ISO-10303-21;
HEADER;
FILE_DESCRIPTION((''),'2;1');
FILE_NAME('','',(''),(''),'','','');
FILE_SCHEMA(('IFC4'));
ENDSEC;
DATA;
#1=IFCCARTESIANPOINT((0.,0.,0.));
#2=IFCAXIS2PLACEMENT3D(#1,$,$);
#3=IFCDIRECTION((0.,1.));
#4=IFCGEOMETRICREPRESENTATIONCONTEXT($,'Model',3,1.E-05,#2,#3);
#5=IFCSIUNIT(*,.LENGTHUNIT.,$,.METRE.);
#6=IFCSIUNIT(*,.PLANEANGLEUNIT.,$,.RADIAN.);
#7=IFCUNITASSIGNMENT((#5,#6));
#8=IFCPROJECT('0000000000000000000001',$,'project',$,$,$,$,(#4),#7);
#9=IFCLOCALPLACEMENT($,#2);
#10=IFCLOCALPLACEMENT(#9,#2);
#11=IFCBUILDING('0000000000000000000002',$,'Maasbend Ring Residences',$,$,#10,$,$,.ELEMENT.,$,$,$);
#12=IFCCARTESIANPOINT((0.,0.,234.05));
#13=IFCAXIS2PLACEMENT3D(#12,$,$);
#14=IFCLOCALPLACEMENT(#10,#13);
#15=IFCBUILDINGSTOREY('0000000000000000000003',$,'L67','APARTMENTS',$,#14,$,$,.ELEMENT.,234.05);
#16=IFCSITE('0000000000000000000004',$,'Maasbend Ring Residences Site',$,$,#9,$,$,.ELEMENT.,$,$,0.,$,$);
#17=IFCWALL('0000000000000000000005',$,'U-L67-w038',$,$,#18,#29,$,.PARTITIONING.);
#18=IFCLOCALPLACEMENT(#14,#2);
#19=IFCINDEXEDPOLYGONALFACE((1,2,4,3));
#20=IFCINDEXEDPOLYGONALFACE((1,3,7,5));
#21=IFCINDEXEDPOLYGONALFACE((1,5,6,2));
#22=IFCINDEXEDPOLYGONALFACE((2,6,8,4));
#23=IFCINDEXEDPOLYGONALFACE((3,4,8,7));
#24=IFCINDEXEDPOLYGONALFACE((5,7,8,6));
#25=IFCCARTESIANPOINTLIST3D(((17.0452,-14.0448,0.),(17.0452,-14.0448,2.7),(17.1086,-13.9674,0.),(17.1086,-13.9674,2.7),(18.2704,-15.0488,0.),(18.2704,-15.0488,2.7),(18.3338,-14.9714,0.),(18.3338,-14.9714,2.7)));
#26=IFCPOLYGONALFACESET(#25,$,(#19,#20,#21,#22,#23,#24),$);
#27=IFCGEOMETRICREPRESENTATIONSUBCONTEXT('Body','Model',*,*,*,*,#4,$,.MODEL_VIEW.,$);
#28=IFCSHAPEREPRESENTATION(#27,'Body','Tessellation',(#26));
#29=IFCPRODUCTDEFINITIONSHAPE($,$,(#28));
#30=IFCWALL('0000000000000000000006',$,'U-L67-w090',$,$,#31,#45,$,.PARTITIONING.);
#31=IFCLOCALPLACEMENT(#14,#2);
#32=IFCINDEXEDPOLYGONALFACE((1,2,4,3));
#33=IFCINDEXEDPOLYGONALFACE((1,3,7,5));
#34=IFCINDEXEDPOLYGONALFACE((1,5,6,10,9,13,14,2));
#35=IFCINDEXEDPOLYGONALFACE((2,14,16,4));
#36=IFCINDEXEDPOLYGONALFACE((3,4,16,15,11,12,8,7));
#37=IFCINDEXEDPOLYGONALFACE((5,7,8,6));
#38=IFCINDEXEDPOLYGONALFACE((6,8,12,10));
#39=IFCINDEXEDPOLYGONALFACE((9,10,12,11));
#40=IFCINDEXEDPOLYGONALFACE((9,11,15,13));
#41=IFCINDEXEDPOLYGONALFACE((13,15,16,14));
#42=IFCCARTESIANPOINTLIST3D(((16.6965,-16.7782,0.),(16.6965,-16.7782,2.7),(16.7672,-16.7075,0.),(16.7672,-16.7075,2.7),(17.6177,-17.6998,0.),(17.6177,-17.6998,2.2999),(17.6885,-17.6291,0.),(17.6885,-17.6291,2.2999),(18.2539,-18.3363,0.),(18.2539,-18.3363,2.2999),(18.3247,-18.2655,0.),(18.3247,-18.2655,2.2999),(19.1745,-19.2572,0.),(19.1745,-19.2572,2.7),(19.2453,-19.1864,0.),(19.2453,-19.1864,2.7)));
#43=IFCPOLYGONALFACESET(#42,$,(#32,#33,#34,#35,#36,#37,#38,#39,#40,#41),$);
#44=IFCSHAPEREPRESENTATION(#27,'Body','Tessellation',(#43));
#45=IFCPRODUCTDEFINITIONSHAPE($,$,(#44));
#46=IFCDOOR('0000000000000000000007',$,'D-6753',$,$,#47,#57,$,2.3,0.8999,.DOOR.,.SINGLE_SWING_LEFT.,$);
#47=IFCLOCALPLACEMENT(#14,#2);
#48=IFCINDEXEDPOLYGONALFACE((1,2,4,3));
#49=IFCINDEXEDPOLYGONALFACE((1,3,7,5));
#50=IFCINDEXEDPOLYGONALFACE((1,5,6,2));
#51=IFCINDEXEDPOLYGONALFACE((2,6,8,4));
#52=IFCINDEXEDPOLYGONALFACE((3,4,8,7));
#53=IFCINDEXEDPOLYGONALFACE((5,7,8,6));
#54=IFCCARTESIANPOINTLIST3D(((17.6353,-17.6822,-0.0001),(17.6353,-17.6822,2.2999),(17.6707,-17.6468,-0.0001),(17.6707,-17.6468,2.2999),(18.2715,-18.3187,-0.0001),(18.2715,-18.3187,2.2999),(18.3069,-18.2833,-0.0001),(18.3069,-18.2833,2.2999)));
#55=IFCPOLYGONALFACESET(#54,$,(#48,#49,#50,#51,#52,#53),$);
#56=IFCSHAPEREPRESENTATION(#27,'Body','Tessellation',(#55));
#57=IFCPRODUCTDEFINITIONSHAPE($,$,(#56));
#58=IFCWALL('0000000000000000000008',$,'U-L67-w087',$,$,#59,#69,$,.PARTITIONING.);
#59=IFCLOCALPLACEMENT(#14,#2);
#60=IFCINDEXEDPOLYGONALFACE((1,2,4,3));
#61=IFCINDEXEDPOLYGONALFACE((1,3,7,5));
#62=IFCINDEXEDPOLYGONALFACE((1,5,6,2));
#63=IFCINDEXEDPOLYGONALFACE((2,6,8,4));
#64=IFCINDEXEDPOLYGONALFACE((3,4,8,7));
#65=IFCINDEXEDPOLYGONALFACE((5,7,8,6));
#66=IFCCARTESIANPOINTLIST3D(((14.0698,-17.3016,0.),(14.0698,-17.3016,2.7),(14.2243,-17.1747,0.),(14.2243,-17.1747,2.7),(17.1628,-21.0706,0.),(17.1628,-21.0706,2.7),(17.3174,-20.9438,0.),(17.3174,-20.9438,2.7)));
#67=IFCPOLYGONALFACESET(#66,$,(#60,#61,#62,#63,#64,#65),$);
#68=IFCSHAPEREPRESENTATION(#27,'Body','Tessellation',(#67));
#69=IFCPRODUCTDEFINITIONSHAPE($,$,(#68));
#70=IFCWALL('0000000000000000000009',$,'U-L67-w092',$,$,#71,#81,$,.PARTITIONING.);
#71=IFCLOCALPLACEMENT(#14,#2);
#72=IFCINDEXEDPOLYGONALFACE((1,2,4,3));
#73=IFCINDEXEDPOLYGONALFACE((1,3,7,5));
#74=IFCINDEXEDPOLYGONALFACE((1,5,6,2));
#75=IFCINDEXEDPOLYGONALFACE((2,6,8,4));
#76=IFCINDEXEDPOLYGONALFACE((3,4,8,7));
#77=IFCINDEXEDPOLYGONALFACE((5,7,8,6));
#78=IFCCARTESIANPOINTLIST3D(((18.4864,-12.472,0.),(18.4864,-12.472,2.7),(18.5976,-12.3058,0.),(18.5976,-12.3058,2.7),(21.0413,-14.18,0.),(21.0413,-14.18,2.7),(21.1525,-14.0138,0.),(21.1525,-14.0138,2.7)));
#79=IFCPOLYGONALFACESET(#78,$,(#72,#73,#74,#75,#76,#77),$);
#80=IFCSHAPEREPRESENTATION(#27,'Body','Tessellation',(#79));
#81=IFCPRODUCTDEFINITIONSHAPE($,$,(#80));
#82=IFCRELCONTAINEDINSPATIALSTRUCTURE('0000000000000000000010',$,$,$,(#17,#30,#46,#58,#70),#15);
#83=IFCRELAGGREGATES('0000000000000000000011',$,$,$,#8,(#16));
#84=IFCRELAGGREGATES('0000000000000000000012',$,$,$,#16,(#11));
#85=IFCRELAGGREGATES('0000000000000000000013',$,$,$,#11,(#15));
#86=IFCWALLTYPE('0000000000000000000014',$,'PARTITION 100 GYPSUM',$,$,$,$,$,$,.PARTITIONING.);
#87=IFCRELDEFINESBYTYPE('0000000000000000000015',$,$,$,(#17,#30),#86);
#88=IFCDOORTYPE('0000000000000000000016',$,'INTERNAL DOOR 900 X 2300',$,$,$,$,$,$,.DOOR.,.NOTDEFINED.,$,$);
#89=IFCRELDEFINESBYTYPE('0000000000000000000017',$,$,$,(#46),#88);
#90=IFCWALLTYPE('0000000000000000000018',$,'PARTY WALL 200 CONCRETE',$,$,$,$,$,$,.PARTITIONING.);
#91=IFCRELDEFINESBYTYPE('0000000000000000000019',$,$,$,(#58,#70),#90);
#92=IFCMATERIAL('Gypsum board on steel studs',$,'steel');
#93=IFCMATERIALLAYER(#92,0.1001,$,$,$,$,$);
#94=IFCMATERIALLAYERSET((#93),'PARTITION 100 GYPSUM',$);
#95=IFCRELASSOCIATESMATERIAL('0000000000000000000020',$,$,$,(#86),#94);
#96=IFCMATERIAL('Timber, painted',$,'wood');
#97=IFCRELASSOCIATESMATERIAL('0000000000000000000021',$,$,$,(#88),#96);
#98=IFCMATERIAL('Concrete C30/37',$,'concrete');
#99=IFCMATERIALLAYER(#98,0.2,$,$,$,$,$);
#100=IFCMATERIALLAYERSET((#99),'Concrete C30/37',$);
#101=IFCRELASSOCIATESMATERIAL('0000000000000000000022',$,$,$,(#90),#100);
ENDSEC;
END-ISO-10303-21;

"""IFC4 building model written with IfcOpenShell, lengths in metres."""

from ifc_helpers import new_model, si_unit, direction, frame, frame_2d, origin, place, context, subcontext, project, spatial, rectangle, extrude, material, layer, layer_set, type_object, element, fill, save


model = new_model("IFC4")

# Units and contexts
model_context = context("Model", 3, precision=1e-05, world=origin(), true_north=direction((0.0, 1.0)))
body_context = subcontext(model_context, "Body", "Model", "MODEL_VIEW")
ifc_project = project(units=[si_unit("LENGTHUNIT", "METRE"), si_unit("PLANEANGLEUNIT", "RADIAN")], contexts=[model_context])

# Site, building, storey
site_placement = place(None, origin())
site = spatial("IfcSite", under=ifc_project, at=site_placement, Name="Maasbend Ring Residences Site", CompositionType="ELEMENT", RefElevation=0.0)
building_placement = place(site_placement, origin())
building = spatial("IfcBuilding", under=site, at=building_placement, Name="Maasbend Ring Residences", CompositionType="ELEMENT")
storey_placement = place(building_placement, frame((0.0, 0.0, 234.05)))
storey = spatial("IfcBuildingStorey", under=building, at=storey_placement, Name="L67", Description="APARTMENTS", CompositionType="ELEMENT", Elevation=234.05)

# Shared definitions
ifc_material_1 = material(Name="Gypsum board on steel studs", Category="steel")
ifc_layer_1 = layer(ifc_material_1, 0.1001)
ifc_layer_set_1 = layer_set([ifc_layer_1], Name="PARTITION 100 GYPSUM")
wall_type_1 = type_object("IfcWallType", Name="PARTITION 100 GYPSUM", PredefinedType="PARTITIONING", material=ifc_layer_set_1)

# Shared definitions
ifc_material_2 = material(Name="Timber, painted", Category="wood")
door_type_1 = type_object("IfcDoorType", Name="INTERNAL DOOR 900 X 2300", OperationType="NOTDEFINED", PredefinedType="DOOR", material=ifc_material_2)

# Wall
wall_1_placement = place(storey_placement, frame((17.0769, -14.0061, 0.0), z_axis=(0.0, 0.0, 1.0), x_axis=(0.773476, -0.633825, 0.0)))
element("IfcWall", 1, at=wall_1_placement, inside=storey, type_object=wall_type_1, Name="U-L67-w038", PredefinedType="PARTITIONING", context=body_context, shape_type="SweptSolid", body=[
    extrude(rectangle(XDim=1.584, YDim=0.1001, at=frame_2d((0.792, 0.0))), origin(), (0.0, 0.0, 1.0), 2.7),
])

# Wall, opening, door
wall_2_placement = place(storey_placement, frame((16.7319, -16.7429, 0.0), z_axis=(0.0, 0.0, 1.0), x_axis=(0.706967, -0.707246, 0.0)))
wall_2 = element("IfcWall", 2, at=wall_2_placement, inside=storey, type_object=wall_type_1, Name="U-L67-w090", PredefinedType="PARTITIONING", context=body_context, shape_type="SweptSolid", body=[
    extrude(rectangle(XDim=3.5051, YDim=0.1001, at=frame_2d((1.7524, 0.0))), origin(), (0.0, 0.0, 1.0), 2.7),
])
opening_1_placement = place(wall_2_placement, frame((1.303, 0.0, 0.0)))
opening_1 = element("IfcOpeningElement", 3, at=opening_1_placement, cuts=wall_2, PredefinedType="OPENING", context=body_context, shape_type="SweptSolid", body=[
    extrude(rectangle(XDim=0.8999, YDim=2.3, at=frame_2d((0.45, 1.1499))), frame((0.0, 0.0601, 0.0), z_axis=(0.0, -1.0, 0.0), x_axis=(1.0, 0.0, 0.0)), (0.0, 0.0, 1.0), 0.1201),
])
door_1_placement = place(opening_1_placement, origin())
door_1 = element("IfcDoor", 4, at=door_1_placement, inside=storey, type_object=door_type_1, Name="D-6753", OperationType="SINGLE_SWING_LEFT", OverallHeight=2.3, OverallWidth=0.8999, PredefinedType="DOOR", context=body_context, shape_type="SweptSolid", body=[
    extrude(rectangle(XDim=0.8999, YDim=2.3, at=frame_2d((0.45, 1.1499))), frame((0.0, 0.0249, 0.0), z_axis=(0.0, -1.0, 0.0), x_axis=(1.0, 0.0, 0.0)), (0.0, 0.0, 1.0), 0.05),
])
fill(opening_1, door_1)

# Walls
ifc_material_3 = material(Name="Concrete C30/37", Category="concrete")
ifc_layer_2 = layer(ifc_material_3, 0.2)
ifc_layer_set_2 = layer_set([ifc_layer_2], Name="Concrete C30/37")
wall_type_2 = type_object("IfcWallType", Name="PARTY WALL 200 CONCRETE", PredefinedType="PARTITIONING", material=ifc_layer_set_2)
wall_3_placement = place(storey_placement, frame((14.147, -17.238, 0.0), z_axis=(0.0, 0.0, 1.0), x_axis=(0.634374, -0.773026, 0.0)))
element("IfcWall", 5, at=wall_3_placement, inside=storey, type_object=wall_type_2, Name="U-L67-w087", PredefinedType="PARTITIONING", context=body_context, shape_type="SweptSolid", body=[
    extrude(rectangle(XDim=4.8757, YDim=0.2, at=frame_2d((2.438, 0.0))), origin(), (0.0, 0.0, 1.0), 2.7),
])
wall_4_placement = place(storey_placement, frame((18.542, -12.3889, 0.0), z_axis=(0.0, 0.0, 1.0), x_axis=(0.831341, -0.555763, 0.0)))
element("IfcWall", 6, at=wall_4_placement, inside=storey, type_object=wall_type_2, Name="U-L67-w092", PredefinedType="PARTITIONING", context=body_context, shape_type="SweptSolid", body=[
    extrude(rectangle(XDim=3.0732, YDim=0.2, at=frame_2d((1.5366, 0.0))), origin(), (0.0, 0.0, 1.0), 2.7),
])

save(model, "model.ifc")
